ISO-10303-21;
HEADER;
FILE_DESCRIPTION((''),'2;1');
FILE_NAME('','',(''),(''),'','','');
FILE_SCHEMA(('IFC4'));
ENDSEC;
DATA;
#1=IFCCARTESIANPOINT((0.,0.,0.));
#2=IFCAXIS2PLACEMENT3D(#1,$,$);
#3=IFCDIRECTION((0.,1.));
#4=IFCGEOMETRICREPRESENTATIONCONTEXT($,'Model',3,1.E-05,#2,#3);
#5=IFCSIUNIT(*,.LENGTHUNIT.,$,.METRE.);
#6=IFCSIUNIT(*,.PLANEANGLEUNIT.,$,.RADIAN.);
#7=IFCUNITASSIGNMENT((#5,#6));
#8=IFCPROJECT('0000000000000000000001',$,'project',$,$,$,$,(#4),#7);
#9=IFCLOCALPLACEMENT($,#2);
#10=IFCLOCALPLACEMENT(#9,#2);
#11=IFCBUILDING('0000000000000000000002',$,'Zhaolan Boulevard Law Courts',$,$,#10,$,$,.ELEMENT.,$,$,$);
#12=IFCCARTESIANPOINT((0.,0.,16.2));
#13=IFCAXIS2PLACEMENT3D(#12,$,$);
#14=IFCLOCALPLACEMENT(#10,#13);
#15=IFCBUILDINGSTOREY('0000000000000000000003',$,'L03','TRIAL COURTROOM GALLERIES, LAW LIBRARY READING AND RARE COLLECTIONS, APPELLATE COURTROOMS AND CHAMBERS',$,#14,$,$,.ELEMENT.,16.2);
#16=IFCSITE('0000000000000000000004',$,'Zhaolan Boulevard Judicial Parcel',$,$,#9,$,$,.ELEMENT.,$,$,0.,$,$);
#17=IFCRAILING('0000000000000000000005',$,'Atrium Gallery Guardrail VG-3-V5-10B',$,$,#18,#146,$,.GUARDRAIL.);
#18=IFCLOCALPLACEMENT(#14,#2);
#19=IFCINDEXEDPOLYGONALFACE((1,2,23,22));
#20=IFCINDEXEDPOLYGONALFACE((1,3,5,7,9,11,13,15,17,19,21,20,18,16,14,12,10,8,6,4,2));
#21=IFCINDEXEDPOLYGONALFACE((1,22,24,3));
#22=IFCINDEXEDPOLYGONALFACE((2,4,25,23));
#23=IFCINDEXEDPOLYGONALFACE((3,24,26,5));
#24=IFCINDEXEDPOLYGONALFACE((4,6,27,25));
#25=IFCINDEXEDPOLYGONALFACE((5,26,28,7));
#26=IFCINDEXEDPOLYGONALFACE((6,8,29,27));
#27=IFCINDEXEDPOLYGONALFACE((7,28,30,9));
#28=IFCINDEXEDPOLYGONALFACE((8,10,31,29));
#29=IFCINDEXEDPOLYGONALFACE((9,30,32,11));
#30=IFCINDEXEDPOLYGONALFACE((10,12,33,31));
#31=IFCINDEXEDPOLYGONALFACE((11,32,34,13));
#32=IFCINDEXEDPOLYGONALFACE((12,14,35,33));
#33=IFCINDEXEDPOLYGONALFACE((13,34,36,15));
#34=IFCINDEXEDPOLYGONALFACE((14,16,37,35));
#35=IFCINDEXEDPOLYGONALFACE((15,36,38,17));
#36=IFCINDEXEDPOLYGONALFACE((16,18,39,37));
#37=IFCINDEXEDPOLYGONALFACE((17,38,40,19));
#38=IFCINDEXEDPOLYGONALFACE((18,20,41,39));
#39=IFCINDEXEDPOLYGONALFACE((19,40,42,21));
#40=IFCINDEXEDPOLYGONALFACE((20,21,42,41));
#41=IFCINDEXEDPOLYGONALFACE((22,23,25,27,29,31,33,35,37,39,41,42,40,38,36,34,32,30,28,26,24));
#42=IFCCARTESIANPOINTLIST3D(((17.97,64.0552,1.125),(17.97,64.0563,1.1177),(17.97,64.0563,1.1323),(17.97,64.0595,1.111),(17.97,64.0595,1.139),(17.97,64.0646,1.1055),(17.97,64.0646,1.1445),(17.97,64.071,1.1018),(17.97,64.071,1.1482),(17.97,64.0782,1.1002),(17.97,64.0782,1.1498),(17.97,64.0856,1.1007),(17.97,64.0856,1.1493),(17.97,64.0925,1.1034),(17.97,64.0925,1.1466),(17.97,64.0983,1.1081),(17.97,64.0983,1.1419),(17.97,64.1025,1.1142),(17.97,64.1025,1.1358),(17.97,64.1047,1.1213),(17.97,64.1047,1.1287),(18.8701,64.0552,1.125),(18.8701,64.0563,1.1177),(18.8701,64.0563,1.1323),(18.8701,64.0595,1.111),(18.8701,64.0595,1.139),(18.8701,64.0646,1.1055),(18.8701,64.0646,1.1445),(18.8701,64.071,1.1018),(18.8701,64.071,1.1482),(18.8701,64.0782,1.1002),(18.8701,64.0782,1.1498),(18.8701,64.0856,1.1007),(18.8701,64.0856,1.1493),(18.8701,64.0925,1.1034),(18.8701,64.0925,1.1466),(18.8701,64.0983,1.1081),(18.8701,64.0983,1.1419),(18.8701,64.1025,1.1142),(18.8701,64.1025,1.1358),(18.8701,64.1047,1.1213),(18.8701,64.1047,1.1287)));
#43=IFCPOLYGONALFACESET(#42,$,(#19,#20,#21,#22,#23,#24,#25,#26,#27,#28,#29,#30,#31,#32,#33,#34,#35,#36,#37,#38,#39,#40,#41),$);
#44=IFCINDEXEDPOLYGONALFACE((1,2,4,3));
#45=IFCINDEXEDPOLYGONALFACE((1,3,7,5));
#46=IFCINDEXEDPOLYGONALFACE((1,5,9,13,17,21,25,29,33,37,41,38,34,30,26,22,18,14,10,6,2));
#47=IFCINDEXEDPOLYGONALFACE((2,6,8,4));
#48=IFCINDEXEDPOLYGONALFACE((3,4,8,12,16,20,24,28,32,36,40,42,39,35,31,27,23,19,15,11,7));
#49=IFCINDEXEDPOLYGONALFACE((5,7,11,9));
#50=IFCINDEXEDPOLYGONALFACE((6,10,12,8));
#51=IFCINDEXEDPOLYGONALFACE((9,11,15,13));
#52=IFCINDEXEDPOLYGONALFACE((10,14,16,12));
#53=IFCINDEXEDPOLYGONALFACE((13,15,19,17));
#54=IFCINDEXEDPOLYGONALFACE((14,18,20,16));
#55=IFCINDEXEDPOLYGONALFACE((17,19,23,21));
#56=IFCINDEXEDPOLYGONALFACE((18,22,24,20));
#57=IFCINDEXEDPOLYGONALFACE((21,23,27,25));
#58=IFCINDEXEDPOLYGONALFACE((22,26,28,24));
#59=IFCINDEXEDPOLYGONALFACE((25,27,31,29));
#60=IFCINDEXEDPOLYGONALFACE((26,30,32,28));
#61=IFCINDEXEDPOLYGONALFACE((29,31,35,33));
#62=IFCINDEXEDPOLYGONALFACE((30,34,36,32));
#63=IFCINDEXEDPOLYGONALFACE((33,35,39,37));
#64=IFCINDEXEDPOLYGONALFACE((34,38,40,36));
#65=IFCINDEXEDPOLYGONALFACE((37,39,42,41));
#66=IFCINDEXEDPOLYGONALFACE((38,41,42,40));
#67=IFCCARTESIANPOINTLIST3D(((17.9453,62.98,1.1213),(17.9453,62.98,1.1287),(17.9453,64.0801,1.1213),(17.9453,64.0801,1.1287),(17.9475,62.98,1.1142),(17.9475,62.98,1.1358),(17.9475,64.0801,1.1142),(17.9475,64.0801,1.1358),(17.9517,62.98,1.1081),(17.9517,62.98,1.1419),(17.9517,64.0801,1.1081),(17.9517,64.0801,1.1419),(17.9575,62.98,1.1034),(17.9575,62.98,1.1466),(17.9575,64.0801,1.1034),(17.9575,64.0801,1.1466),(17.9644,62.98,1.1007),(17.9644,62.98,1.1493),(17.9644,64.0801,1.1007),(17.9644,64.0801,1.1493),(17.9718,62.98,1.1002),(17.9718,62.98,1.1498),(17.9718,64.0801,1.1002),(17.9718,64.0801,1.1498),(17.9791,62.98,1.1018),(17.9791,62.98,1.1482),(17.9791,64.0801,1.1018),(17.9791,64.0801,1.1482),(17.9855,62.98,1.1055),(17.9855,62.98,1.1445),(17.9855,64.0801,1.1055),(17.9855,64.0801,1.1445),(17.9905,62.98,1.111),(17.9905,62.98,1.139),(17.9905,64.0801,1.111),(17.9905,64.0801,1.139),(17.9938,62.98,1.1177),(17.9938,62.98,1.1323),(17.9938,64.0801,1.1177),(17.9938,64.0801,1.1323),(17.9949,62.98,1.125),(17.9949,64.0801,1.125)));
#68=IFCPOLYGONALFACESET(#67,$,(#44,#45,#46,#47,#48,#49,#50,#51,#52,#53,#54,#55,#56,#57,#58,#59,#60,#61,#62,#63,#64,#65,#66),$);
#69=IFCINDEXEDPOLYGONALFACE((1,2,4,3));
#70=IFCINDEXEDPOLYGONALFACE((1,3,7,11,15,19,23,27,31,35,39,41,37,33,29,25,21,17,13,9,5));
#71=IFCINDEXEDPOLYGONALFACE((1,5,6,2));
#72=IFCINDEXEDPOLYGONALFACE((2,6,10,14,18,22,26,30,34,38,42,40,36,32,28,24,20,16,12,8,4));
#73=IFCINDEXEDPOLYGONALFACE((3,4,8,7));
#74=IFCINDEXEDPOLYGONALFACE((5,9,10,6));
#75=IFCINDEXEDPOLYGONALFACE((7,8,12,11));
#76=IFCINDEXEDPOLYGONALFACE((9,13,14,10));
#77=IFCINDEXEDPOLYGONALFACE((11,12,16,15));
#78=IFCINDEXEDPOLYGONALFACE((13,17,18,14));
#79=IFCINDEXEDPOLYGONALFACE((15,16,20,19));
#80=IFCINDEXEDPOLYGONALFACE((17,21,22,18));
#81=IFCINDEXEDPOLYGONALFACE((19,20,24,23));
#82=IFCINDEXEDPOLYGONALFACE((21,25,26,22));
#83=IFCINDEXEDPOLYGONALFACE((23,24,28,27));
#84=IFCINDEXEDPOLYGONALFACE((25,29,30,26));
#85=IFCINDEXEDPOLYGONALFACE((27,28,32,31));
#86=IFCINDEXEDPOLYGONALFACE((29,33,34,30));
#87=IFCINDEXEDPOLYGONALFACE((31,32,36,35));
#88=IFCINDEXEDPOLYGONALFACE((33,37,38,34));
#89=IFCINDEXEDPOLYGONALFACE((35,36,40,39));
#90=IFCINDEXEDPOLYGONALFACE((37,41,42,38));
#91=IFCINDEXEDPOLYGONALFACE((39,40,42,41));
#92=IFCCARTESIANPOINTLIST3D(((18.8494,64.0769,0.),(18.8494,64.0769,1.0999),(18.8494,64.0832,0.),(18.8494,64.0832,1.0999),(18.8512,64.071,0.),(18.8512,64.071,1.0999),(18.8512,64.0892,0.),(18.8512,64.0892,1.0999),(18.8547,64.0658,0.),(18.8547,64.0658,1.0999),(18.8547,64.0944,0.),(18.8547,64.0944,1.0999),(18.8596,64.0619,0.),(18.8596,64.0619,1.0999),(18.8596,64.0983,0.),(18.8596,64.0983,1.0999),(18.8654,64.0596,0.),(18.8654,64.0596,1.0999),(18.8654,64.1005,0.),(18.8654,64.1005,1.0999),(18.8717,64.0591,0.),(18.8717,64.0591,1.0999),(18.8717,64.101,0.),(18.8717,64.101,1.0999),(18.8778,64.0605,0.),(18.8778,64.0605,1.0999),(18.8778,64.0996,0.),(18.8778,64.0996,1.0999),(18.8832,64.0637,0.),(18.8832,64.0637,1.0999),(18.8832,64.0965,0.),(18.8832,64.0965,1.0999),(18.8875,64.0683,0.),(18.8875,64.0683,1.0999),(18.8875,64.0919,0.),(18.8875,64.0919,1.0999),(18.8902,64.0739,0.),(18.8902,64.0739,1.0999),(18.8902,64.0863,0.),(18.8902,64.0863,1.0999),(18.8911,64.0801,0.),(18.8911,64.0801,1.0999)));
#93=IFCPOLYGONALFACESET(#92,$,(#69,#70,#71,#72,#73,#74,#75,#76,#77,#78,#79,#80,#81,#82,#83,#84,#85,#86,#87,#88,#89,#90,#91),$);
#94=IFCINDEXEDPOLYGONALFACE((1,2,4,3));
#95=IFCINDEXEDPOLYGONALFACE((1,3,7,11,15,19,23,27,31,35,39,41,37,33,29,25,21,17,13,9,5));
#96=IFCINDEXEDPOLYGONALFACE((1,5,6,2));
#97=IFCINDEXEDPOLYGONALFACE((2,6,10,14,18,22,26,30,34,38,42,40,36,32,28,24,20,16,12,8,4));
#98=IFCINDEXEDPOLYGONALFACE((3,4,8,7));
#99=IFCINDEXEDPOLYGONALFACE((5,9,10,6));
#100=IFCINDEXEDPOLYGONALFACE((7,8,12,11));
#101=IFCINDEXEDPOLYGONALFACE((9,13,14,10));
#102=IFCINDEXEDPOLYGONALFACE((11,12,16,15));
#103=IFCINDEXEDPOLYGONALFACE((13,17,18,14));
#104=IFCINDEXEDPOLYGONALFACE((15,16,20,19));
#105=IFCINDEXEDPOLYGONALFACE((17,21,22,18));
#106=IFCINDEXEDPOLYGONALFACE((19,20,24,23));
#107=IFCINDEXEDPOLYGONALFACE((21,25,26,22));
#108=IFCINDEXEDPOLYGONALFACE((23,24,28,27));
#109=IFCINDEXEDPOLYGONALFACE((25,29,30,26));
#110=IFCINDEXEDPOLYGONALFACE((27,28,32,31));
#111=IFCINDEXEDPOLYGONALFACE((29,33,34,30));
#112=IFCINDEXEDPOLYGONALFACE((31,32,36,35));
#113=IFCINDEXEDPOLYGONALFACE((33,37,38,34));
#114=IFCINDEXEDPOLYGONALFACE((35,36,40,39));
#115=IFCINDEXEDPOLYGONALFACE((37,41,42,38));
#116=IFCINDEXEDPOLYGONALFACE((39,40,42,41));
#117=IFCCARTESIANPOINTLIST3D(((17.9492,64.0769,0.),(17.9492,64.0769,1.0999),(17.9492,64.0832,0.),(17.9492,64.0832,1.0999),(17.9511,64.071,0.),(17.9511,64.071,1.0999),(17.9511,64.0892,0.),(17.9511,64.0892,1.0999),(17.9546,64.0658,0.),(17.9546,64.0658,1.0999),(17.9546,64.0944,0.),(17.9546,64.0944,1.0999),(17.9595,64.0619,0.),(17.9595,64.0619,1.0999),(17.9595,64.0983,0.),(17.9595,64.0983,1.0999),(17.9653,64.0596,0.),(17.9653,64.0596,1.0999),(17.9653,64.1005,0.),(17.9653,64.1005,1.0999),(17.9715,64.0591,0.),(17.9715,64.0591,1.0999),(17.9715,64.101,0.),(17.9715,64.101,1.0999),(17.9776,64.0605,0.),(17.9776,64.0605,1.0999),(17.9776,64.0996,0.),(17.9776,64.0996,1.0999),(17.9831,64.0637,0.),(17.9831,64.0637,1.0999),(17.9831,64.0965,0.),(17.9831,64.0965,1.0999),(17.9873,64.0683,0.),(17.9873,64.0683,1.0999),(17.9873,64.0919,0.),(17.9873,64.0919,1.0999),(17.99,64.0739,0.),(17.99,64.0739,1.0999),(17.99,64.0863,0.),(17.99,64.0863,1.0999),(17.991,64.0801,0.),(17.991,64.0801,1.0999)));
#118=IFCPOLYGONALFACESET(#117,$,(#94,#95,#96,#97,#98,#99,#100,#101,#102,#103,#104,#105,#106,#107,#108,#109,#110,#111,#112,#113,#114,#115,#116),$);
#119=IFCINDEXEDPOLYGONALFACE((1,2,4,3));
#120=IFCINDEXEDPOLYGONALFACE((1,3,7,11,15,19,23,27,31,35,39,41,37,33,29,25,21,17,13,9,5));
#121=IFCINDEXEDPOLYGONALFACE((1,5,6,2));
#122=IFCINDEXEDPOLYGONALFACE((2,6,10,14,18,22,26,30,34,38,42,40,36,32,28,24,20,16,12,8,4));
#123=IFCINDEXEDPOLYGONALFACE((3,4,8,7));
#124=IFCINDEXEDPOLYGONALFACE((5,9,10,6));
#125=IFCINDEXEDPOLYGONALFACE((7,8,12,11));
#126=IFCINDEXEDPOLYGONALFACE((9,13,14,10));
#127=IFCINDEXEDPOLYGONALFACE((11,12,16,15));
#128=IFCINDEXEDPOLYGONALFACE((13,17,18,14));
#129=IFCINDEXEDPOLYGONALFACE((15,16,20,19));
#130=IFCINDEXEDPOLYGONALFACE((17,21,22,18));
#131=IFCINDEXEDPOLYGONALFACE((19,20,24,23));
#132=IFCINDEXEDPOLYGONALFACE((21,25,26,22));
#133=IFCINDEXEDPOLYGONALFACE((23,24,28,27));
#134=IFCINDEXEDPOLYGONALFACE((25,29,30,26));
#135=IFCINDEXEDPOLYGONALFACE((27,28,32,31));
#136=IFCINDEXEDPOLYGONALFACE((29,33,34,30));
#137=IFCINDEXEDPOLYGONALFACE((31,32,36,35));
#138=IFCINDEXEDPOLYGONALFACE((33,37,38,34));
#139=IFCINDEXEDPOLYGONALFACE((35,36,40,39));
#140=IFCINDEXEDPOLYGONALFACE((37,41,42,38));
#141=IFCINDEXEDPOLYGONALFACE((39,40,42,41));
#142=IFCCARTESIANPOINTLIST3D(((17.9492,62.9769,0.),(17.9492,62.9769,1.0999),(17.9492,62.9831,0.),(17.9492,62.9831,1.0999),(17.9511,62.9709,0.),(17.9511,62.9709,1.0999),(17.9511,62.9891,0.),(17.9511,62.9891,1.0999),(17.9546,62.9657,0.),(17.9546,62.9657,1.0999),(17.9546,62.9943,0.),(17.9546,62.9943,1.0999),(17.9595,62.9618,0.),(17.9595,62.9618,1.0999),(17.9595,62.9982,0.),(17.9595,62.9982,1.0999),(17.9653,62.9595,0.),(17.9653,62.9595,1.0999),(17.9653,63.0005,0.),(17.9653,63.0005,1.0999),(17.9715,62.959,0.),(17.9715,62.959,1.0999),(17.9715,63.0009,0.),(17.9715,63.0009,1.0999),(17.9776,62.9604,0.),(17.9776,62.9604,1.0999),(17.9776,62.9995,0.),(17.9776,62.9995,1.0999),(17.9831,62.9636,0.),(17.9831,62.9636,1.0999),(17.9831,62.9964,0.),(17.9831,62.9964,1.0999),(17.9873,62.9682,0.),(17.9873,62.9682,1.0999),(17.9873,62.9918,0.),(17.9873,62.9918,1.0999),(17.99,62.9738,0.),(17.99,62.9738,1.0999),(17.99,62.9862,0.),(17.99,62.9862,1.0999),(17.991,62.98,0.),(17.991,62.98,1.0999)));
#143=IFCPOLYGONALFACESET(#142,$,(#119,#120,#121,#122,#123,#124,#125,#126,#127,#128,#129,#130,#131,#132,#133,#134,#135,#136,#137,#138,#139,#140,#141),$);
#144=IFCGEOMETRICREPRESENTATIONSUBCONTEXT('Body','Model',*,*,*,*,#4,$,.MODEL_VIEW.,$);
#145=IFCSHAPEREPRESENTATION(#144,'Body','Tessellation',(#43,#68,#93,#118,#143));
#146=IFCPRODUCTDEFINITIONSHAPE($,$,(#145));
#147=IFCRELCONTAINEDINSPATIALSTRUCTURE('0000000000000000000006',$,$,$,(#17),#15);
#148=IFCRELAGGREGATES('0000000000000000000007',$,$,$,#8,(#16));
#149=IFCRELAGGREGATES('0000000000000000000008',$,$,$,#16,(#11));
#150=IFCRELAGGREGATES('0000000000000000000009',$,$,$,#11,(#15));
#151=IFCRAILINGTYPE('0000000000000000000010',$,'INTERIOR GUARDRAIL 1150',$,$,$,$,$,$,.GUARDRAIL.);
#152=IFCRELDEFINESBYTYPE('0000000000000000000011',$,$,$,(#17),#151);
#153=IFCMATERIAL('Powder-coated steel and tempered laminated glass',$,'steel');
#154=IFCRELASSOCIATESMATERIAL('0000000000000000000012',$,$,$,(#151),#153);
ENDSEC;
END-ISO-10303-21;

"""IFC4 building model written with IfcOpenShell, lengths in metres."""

from ifc_helpers import new_model, si_unit, direction, frame, origin, origin_2d, place, context, subcontext, project, spatial, circle, extrude, material, type_object, element, save


model = new_model("IFC4")

# Units and contexts
model_context = context("Model", 3, precision=1e-05, world=origin(), true_north=direction((0.0, 1.0)))
body_context = subcontext(model_context, "Body", "Model", "MODEL_VIEW")
ifc_project = project(units=[si_unit("LENGTHUNIT", "METRE"), si_unit("PLANEANGLEUNIT", "RADIAN")], contexts=[model_context])

# Site, building, storey
site_placement = place(None, origin())
site = spatial("IfcSite", under=ifc_project, at=site_placement, Name="Zhaolan Boulevard Judicial Parcel", CompositionType="ELEMENT", RefElevation=0.0)
building_placement = place(site_placement, origin())
building = spatial("IfcBuilding", under=site, at=building_placement, Name="Zhaolan Boulevard Law Courts", CompositionType="ELEMENT")
storey_placement = place(building_placement, frame((0.0, 0.0, 16.2)))
storey = spatial("IfcBuildingStorey", under=building, at=storey_placement, Name="L03", Description="TRIAL COURTROOM GALLERIES, LAW LIBRARY READING AND RARE COLLECTIONS, APPELLATE COURTROOMS AND CHAMBERS", CompositionType="ELEMENT", Elevation=16.2)

# Railing
ifc_material_1 = material(Name="Powder-coated steel and tempered laminated glass", Category="steel")
railing_type_1 = type_object("IfcRailingType", Name="INTERIOR GUARDRAIL 1150", PredefinedType="GUARDRAIL", material=ifc_material_1)
railing_1_placement = place(storey_placement, frame((18.8701, 64.0801, 0.0)))
element("IfcRailing", 1, at=railing_1_placement, inside=storey, type_object=railing_type_1, Name="Atrium Gallery Guardrail VG-3-V5-10B", PredefinedType="GUARDRAIL", context=body_context, shape_type="SweptSolid", body=[
    extrude(circle(Radius=0.0249, at=origin_2d()), frame((0.0, 0.0, 1.125), z_axis=(-1.0, 0.0, 0.0), x_axis=(0.0, -1.0, 0.0)), (0.0, 0.0, 1.0), 0.9001),
    extrude(circle(Radius=0.0249, at=origin_2d()), frame((-0.9001, 0.0, 1.125), z_axis=(0.0, -1.0, 0.0), x_axis=(1.0, 0.0, 0.0)), (0.0, 0.0, 1.0), 1.1001),
    extrude(circle(Radius=0.021, at=origin_2d()), origin(), (0.0, 0.0, 1.0), 1.0999),
    extrude(circle(Radius=0.021, at=origin_2d()), frame((-0.9001, 0.0, 0.0)), (0.0, 0.0, 1.0), 1.0999),
    extrude(circle(Radius=0.021, at=origin_2d()), frame((-0.9001, -1.1001, 0.0)), (0.0, 0.0, 1.0), 1.0999),
])

save(model, "model.ifc")
